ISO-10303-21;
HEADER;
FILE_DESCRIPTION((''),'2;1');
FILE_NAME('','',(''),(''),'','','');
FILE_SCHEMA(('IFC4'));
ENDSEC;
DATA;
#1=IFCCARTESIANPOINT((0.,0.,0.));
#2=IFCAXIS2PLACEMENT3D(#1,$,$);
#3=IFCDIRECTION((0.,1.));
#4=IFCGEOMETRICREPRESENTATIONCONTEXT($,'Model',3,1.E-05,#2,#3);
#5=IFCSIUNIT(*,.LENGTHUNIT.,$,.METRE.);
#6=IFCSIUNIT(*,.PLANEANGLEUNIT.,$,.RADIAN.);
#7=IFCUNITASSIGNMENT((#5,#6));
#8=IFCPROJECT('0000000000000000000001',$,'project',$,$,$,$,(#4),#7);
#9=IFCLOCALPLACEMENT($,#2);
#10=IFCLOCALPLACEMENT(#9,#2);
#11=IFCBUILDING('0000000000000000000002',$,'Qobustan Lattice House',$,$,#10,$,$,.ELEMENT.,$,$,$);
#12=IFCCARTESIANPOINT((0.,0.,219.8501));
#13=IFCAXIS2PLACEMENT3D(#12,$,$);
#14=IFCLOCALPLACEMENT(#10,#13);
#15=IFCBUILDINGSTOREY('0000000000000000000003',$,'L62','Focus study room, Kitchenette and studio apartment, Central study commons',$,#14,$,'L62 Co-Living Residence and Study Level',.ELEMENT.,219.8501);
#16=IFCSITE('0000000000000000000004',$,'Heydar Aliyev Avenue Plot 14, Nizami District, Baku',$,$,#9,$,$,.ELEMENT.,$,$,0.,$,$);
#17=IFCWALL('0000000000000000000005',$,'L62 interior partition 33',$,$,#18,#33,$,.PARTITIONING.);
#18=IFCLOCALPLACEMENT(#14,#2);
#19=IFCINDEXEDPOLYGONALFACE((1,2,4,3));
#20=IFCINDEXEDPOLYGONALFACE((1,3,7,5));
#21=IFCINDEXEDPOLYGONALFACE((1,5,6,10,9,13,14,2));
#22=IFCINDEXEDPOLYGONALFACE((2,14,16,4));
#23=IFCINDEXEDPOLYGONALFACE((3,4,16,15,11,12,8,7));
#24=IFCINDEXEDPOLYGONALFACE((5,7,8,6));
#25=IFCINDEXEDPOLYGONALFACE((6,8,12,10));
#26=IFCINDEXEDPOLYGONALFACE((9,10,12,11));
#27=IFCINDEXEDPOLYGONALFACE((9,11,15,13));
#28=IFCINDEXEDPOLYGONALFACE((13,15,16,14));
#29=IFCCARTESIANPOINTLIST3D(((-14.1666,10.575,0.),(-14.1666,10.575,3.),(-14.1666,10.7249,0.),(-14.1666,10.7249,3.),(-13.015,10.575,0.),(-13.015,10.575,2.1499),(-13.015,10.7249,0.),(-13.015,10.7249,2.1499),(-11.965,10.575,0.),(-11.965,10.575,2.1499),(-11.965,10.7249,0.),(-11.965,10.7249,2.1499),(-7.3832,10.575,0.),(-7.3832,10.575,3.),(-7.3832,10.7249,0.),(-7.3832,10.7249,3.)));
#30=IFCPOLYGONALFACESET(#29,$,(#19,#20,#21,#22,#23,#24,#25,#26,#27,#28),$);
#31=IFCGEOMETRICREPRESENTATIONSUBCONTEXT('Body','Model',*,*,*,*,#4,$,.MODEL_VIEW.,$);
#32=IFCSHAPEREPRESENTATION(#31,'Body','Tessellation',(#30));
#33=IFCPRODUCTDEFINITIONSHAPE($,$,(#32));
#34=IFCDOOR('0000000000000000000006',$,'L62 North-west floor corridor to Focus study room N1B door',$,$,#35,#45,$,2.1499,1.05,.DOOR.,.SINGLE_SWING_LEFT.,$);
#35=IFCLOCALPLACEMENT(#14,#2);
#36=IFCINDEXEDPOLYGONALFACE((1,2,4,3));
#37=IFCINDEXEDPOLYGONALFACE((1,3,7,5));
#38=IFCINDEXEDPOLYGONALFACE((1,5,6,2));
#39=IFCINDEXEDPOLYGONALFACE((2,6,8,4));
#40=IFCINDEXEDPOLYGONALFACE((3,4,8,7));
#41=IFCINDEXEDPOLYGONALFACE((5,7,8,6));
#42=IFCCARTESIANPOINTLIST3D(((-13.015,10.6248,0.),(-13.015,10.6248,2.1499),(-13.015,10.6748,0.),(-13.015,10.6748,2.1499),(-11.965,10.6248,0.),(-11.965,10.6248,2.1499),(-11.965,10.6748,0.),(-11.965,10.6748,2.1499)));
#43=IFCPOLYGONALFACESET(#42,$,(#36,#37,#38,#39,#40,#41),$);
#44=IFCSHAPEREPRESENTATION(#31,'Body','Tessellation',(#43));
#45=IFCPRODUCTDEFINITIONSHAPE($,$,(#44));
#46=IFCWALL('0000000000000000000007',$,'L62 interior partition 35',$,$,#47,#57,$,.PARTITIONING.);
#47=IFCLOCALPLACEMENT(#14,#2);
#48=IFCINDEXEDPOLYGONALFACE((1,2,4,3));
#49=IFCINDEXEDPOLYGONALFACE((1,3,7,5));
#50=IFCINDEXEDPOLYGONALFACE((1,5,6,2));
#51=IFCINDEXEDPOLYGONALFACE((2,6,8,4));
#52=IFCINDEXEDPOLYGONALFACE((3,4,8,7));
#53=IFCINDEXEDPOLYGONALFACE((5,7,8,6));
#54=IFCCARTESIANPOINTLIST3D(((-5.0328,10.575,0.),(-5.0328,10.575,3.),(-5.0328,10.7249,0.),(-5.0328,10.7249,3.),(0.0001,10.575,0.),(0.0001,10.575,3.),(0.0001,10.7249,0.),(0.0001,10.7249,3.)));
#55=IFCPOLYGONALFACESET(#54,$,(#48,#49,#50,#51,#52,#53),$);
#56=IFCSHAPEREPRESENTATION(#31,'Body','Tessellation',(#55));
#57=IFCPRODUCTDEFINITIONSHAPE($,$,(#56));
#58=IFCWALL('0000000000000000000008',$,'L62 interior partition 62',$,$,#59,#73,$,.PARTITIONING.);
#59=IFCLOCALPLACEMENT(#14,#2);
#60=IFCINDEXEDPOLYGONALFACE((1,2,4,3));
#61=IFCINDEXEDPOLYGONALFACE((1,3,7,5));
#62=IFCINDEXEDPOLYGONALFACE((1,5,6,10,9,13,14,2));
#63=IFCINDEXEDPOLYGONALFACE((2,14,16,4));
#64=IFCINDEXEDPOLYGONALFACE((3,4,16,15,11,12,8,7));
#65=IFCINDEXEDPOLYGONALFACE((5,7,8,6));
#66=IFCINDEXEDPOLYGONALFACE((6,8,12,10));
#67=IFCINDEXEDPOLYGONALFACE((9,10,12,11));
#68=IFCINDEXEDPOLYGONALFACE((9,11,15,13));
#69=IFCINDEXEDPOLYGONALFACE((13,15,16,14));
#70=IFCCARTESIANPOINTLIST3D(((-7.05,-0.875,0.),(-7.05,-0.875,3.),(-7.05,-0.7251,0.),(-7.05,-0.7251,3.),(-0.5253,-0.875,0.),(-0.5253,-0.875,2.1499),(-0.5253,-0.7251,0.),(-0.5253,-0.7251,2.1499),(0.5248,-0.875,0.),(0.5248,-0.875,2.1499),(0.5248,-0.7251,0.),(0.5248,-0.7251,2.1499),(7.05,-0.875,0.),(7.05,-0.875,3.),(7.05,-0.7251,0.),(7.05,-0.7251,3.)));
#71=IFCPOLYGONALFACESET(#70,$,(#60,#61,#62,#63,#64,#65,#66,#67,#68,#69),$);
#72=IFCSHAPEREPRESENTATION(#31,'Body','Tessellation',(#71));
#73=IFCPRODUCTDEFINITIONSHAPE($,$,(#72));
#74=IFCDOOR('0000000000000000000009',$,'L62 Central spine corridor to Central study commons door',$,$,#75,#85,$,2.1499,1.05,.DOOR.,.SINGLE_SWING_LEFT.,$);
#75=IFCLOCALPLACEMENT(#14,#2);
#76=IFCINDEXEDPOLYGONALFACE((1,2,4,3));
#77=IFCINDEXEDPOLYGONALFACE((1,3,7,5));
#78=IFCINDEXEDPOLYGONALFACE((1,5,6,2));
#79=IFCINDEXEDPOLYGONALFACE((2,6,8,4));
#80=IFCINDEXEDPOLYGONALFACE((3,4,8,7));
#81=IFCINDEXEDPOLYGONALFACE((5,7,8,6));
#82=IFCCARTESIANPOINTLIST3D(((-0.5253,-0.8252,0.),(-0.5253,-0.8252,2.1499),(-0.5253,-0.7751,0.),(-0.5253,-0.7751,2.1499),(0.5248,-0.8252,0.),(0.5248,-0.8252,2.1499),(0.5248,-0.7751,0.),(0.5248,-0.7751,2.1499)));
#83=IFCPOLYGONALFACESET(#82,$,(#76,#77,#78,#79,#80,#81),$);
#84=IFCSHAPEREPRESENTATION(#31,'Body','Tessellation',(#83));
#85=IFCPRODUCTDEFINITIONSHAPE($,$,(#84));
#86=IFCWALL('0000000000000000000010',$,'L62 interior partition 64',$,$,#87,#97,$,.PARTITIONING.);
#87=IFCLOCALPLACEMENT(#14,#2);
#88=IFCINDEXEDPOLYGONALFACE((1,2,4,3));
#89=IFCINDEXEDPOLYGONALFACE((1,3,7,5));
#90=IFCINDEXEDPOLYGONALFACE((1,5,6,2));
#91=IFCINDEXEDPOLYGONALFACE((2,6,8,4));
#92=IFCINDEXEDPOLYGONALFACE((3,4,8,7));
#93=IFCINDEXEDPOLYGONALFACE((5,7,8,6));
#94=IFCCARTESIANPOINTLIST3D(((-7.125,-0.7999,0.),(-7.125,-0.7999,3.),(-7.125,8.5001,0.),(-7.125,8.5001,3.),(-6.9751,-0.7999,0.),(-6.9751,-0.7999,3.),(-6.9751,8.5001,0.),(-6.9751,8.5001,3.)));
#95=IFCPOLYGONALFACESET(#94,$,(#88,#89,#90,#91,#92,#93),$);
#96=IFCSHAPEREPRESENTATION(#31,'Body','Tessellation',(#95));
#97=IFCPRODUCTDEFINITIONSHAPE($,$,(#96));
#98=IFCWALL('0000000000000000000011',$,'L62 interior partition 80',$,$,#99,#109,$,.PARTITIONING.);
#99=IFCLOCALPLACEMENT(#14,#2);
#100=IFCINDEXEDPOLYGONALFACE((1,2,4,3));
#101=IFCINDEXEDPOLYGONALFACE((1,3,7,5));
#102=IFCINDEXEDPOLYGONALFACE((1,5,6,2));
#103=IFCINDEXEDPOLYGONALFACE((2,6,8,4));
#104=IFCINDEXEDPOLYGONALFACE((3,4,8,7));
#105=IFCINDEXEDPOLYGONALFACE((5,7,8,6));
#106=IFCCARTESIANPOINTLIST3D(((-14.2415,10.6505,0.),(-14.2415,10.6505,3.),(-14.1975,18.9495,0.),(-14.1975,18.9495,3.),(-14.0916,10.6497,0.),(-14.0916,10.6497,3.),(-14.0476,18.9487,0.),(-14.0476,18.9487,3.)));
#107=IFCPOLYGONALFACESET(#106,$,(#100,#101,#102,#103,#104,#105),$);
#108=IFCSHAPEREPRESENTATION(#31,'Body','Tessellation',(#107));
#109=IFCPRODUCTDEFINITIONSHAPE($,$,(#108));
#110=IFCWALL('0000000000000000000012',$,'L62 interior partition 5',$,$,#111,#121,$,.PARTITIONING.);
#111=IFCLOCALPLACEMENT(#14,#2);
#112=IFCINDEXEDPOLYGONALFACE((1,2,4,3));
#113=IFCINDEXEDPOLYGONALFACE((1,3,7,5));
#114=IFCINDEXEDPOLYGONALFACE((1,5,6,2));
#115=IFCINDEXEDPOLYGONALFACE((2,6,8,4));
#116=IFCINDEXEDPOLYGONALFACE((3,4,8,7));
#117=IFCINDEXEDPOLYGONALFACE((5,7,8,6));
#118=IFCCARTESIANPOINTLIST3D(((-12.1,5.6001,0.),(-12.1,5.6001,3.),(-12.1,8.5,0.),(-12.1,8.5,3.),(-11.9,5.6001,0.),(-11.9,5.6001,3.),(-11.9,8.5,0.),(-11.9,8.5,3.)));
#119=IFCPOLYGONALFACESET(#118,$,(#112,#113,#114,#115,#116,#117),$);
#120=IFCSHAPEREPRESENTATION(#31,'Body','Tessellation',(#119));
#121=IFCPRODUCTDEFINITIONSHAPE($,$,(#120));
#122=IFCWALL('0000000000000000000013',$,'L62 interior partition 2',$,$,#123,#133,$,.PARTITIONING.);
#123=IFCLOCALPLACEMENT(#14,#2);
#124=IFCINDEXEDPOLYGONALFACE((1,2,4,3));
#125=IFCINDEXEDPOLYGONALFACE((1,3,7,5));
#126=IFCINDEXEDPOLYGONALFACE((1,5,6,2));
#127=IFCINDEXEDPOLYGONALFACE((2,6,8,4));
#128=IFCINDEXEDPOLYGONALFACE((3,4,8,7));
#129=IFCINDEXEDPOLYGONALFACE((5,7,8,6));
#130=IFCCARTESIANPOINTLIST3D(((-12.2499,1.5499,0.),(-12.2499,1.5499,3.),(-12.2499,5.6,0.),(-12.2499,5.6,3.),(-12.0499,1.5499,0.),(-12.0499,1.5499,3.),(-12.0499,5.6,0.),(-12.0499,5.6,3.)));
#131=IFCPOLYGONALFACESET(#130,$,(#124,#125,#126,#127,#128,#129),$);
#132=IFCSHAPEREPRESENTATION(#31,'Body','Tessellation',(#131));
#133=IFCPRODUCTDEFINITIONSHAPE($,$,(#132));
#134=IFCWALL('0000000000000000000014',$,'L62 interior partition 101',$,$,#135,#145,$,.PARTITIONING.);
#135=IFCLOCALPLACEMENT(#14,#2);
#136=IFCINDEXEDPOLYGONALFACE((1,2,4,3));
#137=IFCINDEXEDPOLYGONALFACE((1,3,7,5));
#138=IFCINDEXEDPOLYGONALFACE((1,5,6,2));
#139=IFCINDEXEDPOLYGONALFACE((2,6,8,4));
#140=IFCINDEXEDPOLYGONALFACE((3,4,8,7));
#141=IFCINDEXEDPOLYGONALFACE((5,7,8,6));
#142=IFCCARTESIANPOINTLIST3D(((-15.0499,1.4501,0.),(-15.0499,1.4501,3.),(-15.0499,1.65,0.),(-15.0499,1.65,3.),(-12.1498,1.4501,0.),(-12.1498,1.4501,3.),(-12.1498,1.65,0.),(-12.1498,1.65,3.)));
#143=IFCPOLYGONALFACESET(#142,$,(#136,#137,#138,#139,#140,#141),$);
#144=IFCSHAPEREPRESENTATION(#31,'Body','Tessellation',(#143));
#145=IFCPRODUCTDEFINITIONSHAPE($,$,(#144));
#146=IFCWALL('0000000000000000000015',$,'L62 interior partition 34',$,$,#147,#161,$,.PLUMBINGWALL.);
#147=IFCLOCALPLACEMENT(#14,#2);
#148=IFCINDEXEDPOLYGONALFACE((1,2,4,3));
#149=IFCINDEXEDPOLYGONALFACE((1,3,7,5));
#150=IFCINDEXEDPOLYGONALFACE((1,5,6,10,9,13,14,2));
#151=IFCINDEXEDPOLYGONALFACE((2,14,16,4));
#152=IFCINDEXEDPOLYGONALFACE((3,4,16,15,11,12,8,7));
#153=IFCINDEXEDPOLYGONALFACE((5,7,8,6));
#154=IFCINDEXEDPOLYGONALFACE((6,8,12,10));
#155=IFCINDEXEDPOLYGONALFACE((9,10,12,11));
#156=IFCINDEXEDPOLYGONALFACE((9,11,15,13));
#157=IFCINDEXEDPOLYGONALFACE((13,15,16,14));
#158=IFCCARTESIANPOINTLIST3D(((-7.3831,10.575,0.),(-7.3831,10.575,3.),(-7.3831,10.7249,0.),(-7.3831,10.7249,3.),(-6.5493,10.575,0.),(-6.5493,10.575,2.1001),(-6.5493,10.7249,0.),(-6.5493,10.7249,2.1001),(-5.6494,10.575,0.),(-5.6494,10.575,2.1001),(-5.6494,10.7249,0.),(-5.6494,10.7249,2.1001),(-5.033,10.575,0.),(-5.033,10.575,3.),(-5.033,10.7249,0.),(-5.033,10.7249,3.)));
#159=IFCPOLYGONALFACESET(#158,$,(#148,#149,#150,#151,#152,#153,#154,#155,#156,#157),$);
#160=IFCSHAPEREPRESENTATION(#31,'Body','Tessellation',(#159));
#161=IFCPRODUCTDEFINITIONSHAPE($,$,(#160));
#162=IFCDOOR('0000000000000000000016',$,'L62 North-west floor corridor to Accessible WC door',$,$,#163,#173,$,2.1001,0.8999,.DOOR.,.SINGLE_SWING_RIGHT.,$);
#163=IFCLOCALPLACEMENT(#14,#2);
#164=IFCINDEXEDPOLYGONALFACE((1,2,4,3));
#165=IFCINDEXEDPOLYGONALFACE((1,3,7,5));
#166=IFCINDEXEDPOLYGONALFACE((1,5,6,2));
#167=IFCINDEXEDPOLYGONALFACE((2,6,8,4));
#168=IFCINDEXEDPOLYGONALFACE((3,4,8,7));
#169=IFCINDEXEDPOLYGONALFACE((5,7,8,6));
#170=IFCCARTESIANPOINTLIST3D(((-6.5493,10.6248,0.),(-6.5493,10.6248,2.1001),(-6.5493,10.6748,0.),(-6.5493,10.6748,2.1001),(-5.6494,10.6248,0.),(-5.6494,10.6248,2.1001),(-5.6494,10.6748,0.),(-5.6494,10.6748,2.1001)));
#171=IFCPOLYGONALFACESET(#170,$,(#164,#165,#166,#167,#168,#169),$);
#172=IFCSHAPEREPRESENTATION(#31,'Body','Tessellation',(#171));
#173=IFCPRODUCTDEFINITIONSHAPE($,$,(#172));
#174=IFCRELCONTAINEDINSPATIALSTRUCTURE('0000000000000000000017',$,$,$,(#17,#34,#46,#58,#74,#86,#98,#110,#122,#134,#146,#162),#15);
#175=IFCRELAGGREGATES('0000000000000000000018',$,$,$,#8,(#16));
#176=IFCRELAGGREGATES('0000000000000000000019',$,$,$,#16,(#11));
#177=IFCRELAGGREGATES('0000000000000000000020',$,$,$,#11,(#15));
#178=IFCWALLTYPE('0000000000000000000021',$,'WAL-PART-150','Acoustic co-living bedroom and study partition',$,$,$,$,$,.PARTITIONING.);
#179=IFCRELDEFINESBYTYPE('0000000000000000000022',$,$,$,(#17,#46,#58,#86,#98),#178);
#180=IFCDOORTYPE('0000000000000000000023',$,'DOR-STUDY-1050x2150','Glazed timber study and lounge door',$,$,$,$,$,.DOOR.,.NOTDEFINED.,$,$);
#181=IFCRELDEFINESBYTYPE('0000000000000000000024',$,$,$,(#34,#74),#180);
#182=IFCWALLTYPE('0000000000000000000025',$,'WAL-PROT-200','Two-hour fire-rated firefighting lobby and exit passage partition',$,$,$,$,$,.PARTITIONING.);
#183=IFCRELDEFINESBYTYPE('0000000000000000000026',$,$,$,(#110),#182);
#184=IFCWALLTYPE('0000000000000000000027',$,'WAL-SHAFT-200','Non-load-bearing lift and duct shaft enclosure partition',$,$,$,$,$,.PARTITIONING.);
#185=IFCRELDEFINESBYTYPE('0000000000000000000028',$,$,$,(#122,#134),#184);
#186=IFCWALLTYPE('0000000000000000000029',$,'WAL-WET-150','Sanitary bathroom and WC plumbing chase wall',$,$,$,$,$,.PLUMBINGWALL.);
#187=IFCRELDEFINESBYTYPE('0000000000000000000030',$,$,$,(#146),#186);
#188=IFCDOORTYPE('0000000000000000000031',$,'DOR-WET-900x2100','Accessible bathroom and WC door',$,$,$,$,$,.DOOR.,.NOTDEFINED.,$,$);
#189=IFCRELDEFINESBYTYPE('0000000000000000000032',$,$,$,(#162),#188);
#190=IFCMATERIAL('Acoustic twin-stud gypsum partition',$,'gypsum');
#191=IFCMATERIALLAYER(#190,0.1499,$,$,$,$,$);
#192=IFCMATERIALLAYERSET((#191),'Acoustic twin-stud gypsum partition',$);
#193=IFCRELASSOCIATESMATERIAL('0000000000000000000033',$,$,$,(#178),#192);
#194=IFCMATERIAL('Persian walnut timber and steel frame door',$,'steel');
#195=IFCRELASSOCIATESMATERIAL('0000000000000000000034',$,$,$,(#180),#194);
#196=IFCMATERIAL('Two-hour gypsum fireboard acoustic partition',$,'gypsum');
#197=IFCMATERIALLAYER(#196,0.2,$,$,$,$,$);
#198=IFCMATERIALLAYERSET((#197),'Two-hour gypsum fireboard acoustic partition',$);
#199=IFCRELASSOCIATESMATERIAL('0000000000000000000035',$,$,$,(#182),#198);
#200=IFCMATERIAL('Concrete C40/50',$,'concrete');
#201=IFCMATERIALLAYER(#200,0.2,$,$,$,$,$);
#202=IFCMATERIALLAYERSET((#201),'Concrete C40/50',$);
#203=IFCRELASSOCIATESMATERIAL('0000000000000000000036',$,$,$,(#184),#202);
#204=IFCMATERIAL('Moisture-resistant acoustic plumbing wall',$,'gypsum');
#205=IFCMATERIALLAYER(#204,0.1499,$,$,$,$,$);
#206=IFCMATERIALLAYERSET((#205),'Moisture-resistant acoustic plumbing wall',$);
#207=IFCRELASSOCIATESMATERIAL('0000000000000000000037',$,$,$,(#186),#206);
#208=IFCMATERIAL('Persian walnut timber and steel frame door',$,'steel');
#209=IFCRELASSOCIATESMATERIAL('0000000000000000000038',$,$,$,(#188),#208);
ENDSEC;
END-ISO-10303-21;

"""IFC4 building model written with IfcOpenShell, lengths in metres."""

from ifc_helpers import new_model, si_unit, direction, frame, frame_2d, origin, place, context, subcontext, project, spatial, rectangle, extrude, material, layer, layer_set, type_object, element, fill, save


model = new_model("IFC4")

# Units and contexts
model_context = context("Model", 3, precision=1e-05, world=origin(), true_north=direction((0.0, 1.0)))
body_context = subcontext(model_context, "Body", "Model", "MODEL_VIEW")
ifc_project = project(units=[si_unit("LENGTHUNIT", "METRE"), si_unit("PLANEANGLEUNIT", "RADIAN")], contexts=[model_context])

# Site, building, storey
site_placement = place(None, origin())
site = spatial("IfcSite", under=ifc_project, at=site_placement, Name="Heydar Aliyev Avenue Plot 14, Nizami District, Baku", CompositionType="ELEMENT", RefElevation=0.0)
building_placement = place(site_placement, origin())
building = spatial("IfcBuilding", under=site, at=building_placement, Name="Qobustan Lattice House", CompositionType="ELEMENT")
storey_placement = place(building_placement, frame((0.0, 0.0, 219.8501)))
storey = spatial("IfcBuildingStorey", under=building, at=storey_placement, Name="L62", Description="Focus study room, Kitchenette and studio apartment, Central study commons", LongName="L62 Co-Living Residence and Study Level", CompositionType="ELEMENT", Elevation=219.8501)

# Shared definitions
ifc_material_1 = material(Name="Acoustic twin-stud gypsum partition", Category="gypsum")
ifc_layer_1 = layer(ifc_material_1, 0.1499)
ifc_layer_set_1 = layer_set([ifc_layer_1], Name="Acoustic twin-stud gypsum partition")
wall_type_1 = type_object("IfcWallType", Name="WAL-PART-150", Description="Acoustic co-living bedroom and study partition", PredefinedType="PARTITIONING", material=ifc_layer_set_1)

# Wall, opening, door
wall_1_placement = place(storey_placement, frame((-14.1665, 10.6499, 0.0), z_axis=(0.0, 0.0, 1.0), x_axis=(1.0, 0.0, 0.0)))
wall_1 = element("IfcWall", 1, at=wall_1_placement, inside=storey, type_object=wall_type_1, Name="L62 interior partition 33", PredefinedType="PARTITIONING", context=body_context, shape_type="SweptSolid", body=[
    extrude(rectangle(XDim=6.7834, YDim=0.1499, at=frame_2d((3.3916, 0.0))), origin(), (0.0, 0.0, 1.0), 3.0),
])
opening_1_placement = place(wall_1_placement, frame((1.1516, 0.0, 0.0)))
opening_1 = element("IfcOpeningElement", 2, at=opening_1_placement, cuts=wall_1, PredefinedType="OPENING", context=body_context, shape_type="SweptSolid", body=[
    extrude(rectangle(XDim=1.05, YDim=2.1499, at=frame_2d((0.5249, 1.075))), frame((0.0, 0.085, 0.0), z_axis=(0.0, -1.0, 0.0), x_axis=(1.0, 0.0, 0.0)), (0.0, 0.0, 1.0), 0.1699),
])
ifc_material_2 = material(Name="Persian walnut timber and steel frame door", Category="steel")
door_type_1 = type_object("IfcDoorType", Name="DOR-STUDY-1050x2150", Description="Glazed timber study and lounge door", OperationType="NOTDEFINED", PredefinedType="DOOR", material=ifc_material_2)
door_1_placement = place(opening_1_placement, origin())
door_1 = element("IfcDoor", 3, at=door_1_placement, inside=storey, type_object=door_type_1, Name="L62 North-west floor corridor to Focus study room N1B door", OperationType="SINGLE_SWING_LEFT", OverallHeight=2.1499, OverallWidth=1.05, PredefinedType="DOOR", context=body_context, shape_type="SweptSolid", body=[
    extrude(rectangle(XDim=1.05, YDim=2.1499, at=frame_2d((0.5249, 1.075))), frame((0.0, 0.0249, 0.0), z_axis=(0.0, -1.0, 0.0), x_axis=(1.0, 0.0, 0.0)), (0.0, 0.0, 1.0), 0.05),
])
fill(opening_1, door_1)

# Wall
wall_2_placement = place(storey_placement, frame((-5.033, 10.6499, 0.0), z_axis=(0.0, 0.0, 1.0), x_axis=(1.0, 0.0, 0.0)))
element("IfcWall", 4, at=wall_2_placement, inside=storey, type_object=wall_type_1, Name="L62 interior partition 35", PredefinedType="PARTITIONING", context=body_context, shape_type="SweptSolid", body=[
    extrude(rectangle(XDim=5.033, YDim=0.1499, at=frame_2d((2.5166, 0.0))), origin(), (0.0, 0.0, 1.0), 3.0),
])

# Wall, opening, door
wall_3_placement = place(storey_placement, frame((-7.05, -0.8, 0.0), z_axis=(0.0, 0.0, 1.0), x_axis=(1.0, 0.0, 0.0)))
wall_3 = element("IfcWall", 5, at=wall_3_placement, inside=storey, type_object=wall_type_1, Name="L62 interior partition 62", PredefinedType="PARTITIONING", context=body_context, shape_type="SweptSolid", body=[
    extrude(rectangle(XDim=14.1001, YDim=0.1499, at=frame_2d((7.05, 0.0))), origin(), (0.0, 0.0, 1.0), 3.0),
])
opening_2_placement = place(wall_3_placement, frame((6.5249, 0.0, 0.0)))
opening_2 = element("IfcOpeningElement", 6, at=opening_2_placement, cuts=wall_3, PredefinedType="OPENING", context=body_context, shape_type="SweptSolid", body=[
    extrude(rectangle(XDim=1.05, YDim=2.1499, at=frame_2d((0.5249, 1.075))), frame((0.0, 0.085, 0.0), z_axis=(0.0, -1.0, 0.0), x_axis=(1.0, 0.0, 0.0)), (0.0, 0.0, 1.0), 0.1699),
])
door_2_placement = place(opening_2_placement, origin())
door_2 = element("IfcDoor", 7, at=door_2_placement, inside=storey, type_object=door_type_1, Name="L62 Central spine corridor to Central study commons door", OperationType="SINGLE_SWING_LEFT", OverallHeight=2.1499, OverallWidth=1.05, PredefinedType="DOOR", context=body_context, shape_type="SweptSolid", body=[
    extrude(rectangle(XDim=1.05, YDim=2.1499, at=frame_2d((0.5249, 1.075))), frame((0.0, 0.0249, 0.0), z_axis=(0.0, -1.0, 0.0), x_axis=(1.0, 0.0, 0.0)), (0.0, 0.0, 1.0), 0.05),
])
fill(opening_2, door_2)

# Walls
wall_4_placement = place(storey_placement, frame((-7.05, 8.5, 0.0), z_axis=(0.0, 0.0, 1.0), x_axis=(0.0, -1.0, 0.0)))
element("IfcWall", 8, at=wall_4_placement, inside=storey, type_object=wall_type_1, Name="L62 interior partition 64", PredefinedType="PARTITIONING", context=body_context, shape_type="SweptSolid", body=[
    extrude(rectangle(XDim=9.3, YDim=0.1499, at=frame_2d((4.6499, 0.0))), origin(), (0.0, 0.0, 1.0), 3.0),
])
wall_5_placement = place(storey_placement, frame((-14.1226, 18.949, 0.0), z_axis=(0.0, 0.0, 1.0), x_axis=(-0.005295, -0.999986, 0.0)))
element("IfcWall", 9, at=wall_5_placement, inside=storey, type_object=wall_type_1, Name="L62 interior partition 80", PredefinedType="PARTITIONING", context=body_context, shape_type="SweptSolid", body=[
    extrude(rectangle(XDim=8.2991, YDim=0.1499, at=frame_2d((4.1494, 0.0))), origin(), (0.0, 0.0, 1.0), 3.0),
])

# Shared definitions
ifc_material_3 = material(Name="Two-hour gypsum fireboard acoustic partition", Category="gypsum")
ifc_layer_2 = layer(ifc_material_3, 0.2)
ifc_layer_set_2 = layer_set([ifc_layer_2], Name="Two-hour gypsum fireboard acoustic partition")
wall_type_2 = type_object("IfcWallType", Name="WAL-PROT-200", Description="Two-hour fire-rated firefighting lobby and exit passage partition", PredefinedType="PARTITIONING", material=ifc_layer_set_2)

# Walls
wall_6_placement = place(storey_placement, frame((-12.0, 5.6001, 0.0), z_axis=(0.0, 0.0, 1.0), x_axis=(0.0, 1.0, 0.0)))
element("IfcWall", 10, at=wall_6_placement, inside=storey, type_object=wall_type_2, Name="L62 interior partition 5", PredefinedType="PARTITIONING", context=body_context, shape_type="SweptSolid", body=[
    extrude(rectangle(XDim=2.8999, YDim=0.2, at=frame_2d((1.45, 0.0))), origin(), (0.0, 0.0, 1.0), 3.0),
])
ifc_material_4 = material(Name="Concrete C40/50", Category="concrete")
ifc_layer_3 = layer(ifc_material_4, 0.2)
ifc_layer_set_3 = layer_set([ifc_layer_3], Name="Concrete C40/50")
wall_type_3 = type_object("IfcWallType", Name="WAL-SHAFT-200", Description="Non-load-bearing lift and duct shaft enclosure partition", PredefinedType="PARTITIONING", material=ifc_layer_set_3)
wall_7_placement = place(storey_placement, frame((-12.1499, 1.55, 0.0), z_axis=(0.0, 0.0, 1.0), x_axis=(0.0, 1.0, 0.0)))
element("IfcWall", 11, at=wall_7_placement, inside=storey, type_object=wall_type_3, Name="L62 interior partition 2", PredefinedType="PARTITIONING", context=body_context, shape_type="SweptSolid", body=[
    extrude(rectangle(XDim=4.05, YDim=0.2, at=frame_2d((2.0249, 0.0))), origin(), (0.0, 0.0, 1.0), 3.0),
])
wall_8_placement = place(storey_placement, frame((-15.05, 1.55, 0.0), z_axis=(0.0, 0.0, 1.0), x_axis=(1.0, 0.0, 0.0)))
element("IfcWall", 12, at=wall_8_placement, inside=storey, type_object=wall_type_3, Name="L62 interior partition 101", PredefinedType="PARTITIONING", context=body_context, shape_type="SweptSolid", body=[
    extrude(rectangle(XDim=2.9001, YDim=0.2, at=frame_2d((1.4502, 0.0))), origin(), (0.0, 0.0, 1.0), 3.0),
])

# Wall, opening, door
ifc_material_5 = material(Name="Moisture-resistant acoustic plumbing wall", Category="gypsum")
ifc_layer_4 = layer(ifc_material_5, 0.1499)
ifc_layer_set_4 = layer_set([ifc_layer_4], Name="Moisture-resistant acoustic plumbing wall")
wall_type_4 = type_object("IfcWallType", Name="WAL-WET-150", Description="Sanitary bathroom and WC plumbing chase wall", PredefinedType="PLUMBINGWALL", material=ifc_layer_set_4)
wall_9_placement = place(storey_placement, frame((-7.3831, 10.6499, 0.0), z_axis=(0.0, 0.0, 1.0), x_axis=(1.0, 0.0, 0.0)))
wall_9 = element("IfcWall", 13, at=wall_9_placement, inside=storey, type_object=wall_type_4, Name="L62 interior partition 34", PredefinedType="PLUMBINGWALL", context=body_context, shape_type="SweptSolid", body=[
    extrude(rectangle(XDim=2.3501, YDim=0.1499, at=frame_2d((1.175, 0.0))), origin(), (0.0, 0.0, 1.0), 3.0),
])
opening_3_placement = place(wall_9_placement, frame((0.8337, 0.0, 0.0)))
opening_3 = element("IfcOpeningElement", 14, at=opening_3_placement, cuts=wall_9, PredefinedType="OPENING", context=body_context, shape_type="SweptSolid", body=[
    extrude(rectangle(XDim=0.8999, YDim=2.1001, at=frame_2d((0.45, 1.05))), frame((0.0, 0.085, 0.0), z_axis=(0.0, -1.0, 0.0), x_axis=(1.0, 0.0, 0.0)), (0.0, 0.0, 1.0), 0.1699),
])
ifc_material_6 = material(Name="Persian walnut timber and steel frame door", Category="steel")
door_type_2 = type_object("IfcDoorType", Name="DOR-WET-900x2100", Description="Accessible bathroom and WC door", OperationType="NOTDEFINED", PredefinedType="DOOR", material=ifc_material_6)
door_3_placement = place(opening_3_placement, origin())
door_3 = element("IfcDoor", 15, at=door_3_placement, inside=storey, type_object=door_type_2, Name="L62 North-west floor corridor to Accessible WC door", OperationType="SINGLE_SWING_RIGHT", OverallHeight=2.1001, OverallWidth=0.8999, PredefinedType="DOOR", context=body_context, shape_type="SweptSolid", body=[
    extrude(rectangle(XDim=0.8999, YDim=2.1001, at=frame_2d((0.45, 1.05))), frame((0.0, 0.0249, 0.0), z_axis=(0.0, -1.0, 0.0), x_axis=(1.0, 0.0, 0.0)), (0.0, 0.0, 1.0), 0.05),
])
fill(opening_3, door_3)

save(model, "model.ifc")
